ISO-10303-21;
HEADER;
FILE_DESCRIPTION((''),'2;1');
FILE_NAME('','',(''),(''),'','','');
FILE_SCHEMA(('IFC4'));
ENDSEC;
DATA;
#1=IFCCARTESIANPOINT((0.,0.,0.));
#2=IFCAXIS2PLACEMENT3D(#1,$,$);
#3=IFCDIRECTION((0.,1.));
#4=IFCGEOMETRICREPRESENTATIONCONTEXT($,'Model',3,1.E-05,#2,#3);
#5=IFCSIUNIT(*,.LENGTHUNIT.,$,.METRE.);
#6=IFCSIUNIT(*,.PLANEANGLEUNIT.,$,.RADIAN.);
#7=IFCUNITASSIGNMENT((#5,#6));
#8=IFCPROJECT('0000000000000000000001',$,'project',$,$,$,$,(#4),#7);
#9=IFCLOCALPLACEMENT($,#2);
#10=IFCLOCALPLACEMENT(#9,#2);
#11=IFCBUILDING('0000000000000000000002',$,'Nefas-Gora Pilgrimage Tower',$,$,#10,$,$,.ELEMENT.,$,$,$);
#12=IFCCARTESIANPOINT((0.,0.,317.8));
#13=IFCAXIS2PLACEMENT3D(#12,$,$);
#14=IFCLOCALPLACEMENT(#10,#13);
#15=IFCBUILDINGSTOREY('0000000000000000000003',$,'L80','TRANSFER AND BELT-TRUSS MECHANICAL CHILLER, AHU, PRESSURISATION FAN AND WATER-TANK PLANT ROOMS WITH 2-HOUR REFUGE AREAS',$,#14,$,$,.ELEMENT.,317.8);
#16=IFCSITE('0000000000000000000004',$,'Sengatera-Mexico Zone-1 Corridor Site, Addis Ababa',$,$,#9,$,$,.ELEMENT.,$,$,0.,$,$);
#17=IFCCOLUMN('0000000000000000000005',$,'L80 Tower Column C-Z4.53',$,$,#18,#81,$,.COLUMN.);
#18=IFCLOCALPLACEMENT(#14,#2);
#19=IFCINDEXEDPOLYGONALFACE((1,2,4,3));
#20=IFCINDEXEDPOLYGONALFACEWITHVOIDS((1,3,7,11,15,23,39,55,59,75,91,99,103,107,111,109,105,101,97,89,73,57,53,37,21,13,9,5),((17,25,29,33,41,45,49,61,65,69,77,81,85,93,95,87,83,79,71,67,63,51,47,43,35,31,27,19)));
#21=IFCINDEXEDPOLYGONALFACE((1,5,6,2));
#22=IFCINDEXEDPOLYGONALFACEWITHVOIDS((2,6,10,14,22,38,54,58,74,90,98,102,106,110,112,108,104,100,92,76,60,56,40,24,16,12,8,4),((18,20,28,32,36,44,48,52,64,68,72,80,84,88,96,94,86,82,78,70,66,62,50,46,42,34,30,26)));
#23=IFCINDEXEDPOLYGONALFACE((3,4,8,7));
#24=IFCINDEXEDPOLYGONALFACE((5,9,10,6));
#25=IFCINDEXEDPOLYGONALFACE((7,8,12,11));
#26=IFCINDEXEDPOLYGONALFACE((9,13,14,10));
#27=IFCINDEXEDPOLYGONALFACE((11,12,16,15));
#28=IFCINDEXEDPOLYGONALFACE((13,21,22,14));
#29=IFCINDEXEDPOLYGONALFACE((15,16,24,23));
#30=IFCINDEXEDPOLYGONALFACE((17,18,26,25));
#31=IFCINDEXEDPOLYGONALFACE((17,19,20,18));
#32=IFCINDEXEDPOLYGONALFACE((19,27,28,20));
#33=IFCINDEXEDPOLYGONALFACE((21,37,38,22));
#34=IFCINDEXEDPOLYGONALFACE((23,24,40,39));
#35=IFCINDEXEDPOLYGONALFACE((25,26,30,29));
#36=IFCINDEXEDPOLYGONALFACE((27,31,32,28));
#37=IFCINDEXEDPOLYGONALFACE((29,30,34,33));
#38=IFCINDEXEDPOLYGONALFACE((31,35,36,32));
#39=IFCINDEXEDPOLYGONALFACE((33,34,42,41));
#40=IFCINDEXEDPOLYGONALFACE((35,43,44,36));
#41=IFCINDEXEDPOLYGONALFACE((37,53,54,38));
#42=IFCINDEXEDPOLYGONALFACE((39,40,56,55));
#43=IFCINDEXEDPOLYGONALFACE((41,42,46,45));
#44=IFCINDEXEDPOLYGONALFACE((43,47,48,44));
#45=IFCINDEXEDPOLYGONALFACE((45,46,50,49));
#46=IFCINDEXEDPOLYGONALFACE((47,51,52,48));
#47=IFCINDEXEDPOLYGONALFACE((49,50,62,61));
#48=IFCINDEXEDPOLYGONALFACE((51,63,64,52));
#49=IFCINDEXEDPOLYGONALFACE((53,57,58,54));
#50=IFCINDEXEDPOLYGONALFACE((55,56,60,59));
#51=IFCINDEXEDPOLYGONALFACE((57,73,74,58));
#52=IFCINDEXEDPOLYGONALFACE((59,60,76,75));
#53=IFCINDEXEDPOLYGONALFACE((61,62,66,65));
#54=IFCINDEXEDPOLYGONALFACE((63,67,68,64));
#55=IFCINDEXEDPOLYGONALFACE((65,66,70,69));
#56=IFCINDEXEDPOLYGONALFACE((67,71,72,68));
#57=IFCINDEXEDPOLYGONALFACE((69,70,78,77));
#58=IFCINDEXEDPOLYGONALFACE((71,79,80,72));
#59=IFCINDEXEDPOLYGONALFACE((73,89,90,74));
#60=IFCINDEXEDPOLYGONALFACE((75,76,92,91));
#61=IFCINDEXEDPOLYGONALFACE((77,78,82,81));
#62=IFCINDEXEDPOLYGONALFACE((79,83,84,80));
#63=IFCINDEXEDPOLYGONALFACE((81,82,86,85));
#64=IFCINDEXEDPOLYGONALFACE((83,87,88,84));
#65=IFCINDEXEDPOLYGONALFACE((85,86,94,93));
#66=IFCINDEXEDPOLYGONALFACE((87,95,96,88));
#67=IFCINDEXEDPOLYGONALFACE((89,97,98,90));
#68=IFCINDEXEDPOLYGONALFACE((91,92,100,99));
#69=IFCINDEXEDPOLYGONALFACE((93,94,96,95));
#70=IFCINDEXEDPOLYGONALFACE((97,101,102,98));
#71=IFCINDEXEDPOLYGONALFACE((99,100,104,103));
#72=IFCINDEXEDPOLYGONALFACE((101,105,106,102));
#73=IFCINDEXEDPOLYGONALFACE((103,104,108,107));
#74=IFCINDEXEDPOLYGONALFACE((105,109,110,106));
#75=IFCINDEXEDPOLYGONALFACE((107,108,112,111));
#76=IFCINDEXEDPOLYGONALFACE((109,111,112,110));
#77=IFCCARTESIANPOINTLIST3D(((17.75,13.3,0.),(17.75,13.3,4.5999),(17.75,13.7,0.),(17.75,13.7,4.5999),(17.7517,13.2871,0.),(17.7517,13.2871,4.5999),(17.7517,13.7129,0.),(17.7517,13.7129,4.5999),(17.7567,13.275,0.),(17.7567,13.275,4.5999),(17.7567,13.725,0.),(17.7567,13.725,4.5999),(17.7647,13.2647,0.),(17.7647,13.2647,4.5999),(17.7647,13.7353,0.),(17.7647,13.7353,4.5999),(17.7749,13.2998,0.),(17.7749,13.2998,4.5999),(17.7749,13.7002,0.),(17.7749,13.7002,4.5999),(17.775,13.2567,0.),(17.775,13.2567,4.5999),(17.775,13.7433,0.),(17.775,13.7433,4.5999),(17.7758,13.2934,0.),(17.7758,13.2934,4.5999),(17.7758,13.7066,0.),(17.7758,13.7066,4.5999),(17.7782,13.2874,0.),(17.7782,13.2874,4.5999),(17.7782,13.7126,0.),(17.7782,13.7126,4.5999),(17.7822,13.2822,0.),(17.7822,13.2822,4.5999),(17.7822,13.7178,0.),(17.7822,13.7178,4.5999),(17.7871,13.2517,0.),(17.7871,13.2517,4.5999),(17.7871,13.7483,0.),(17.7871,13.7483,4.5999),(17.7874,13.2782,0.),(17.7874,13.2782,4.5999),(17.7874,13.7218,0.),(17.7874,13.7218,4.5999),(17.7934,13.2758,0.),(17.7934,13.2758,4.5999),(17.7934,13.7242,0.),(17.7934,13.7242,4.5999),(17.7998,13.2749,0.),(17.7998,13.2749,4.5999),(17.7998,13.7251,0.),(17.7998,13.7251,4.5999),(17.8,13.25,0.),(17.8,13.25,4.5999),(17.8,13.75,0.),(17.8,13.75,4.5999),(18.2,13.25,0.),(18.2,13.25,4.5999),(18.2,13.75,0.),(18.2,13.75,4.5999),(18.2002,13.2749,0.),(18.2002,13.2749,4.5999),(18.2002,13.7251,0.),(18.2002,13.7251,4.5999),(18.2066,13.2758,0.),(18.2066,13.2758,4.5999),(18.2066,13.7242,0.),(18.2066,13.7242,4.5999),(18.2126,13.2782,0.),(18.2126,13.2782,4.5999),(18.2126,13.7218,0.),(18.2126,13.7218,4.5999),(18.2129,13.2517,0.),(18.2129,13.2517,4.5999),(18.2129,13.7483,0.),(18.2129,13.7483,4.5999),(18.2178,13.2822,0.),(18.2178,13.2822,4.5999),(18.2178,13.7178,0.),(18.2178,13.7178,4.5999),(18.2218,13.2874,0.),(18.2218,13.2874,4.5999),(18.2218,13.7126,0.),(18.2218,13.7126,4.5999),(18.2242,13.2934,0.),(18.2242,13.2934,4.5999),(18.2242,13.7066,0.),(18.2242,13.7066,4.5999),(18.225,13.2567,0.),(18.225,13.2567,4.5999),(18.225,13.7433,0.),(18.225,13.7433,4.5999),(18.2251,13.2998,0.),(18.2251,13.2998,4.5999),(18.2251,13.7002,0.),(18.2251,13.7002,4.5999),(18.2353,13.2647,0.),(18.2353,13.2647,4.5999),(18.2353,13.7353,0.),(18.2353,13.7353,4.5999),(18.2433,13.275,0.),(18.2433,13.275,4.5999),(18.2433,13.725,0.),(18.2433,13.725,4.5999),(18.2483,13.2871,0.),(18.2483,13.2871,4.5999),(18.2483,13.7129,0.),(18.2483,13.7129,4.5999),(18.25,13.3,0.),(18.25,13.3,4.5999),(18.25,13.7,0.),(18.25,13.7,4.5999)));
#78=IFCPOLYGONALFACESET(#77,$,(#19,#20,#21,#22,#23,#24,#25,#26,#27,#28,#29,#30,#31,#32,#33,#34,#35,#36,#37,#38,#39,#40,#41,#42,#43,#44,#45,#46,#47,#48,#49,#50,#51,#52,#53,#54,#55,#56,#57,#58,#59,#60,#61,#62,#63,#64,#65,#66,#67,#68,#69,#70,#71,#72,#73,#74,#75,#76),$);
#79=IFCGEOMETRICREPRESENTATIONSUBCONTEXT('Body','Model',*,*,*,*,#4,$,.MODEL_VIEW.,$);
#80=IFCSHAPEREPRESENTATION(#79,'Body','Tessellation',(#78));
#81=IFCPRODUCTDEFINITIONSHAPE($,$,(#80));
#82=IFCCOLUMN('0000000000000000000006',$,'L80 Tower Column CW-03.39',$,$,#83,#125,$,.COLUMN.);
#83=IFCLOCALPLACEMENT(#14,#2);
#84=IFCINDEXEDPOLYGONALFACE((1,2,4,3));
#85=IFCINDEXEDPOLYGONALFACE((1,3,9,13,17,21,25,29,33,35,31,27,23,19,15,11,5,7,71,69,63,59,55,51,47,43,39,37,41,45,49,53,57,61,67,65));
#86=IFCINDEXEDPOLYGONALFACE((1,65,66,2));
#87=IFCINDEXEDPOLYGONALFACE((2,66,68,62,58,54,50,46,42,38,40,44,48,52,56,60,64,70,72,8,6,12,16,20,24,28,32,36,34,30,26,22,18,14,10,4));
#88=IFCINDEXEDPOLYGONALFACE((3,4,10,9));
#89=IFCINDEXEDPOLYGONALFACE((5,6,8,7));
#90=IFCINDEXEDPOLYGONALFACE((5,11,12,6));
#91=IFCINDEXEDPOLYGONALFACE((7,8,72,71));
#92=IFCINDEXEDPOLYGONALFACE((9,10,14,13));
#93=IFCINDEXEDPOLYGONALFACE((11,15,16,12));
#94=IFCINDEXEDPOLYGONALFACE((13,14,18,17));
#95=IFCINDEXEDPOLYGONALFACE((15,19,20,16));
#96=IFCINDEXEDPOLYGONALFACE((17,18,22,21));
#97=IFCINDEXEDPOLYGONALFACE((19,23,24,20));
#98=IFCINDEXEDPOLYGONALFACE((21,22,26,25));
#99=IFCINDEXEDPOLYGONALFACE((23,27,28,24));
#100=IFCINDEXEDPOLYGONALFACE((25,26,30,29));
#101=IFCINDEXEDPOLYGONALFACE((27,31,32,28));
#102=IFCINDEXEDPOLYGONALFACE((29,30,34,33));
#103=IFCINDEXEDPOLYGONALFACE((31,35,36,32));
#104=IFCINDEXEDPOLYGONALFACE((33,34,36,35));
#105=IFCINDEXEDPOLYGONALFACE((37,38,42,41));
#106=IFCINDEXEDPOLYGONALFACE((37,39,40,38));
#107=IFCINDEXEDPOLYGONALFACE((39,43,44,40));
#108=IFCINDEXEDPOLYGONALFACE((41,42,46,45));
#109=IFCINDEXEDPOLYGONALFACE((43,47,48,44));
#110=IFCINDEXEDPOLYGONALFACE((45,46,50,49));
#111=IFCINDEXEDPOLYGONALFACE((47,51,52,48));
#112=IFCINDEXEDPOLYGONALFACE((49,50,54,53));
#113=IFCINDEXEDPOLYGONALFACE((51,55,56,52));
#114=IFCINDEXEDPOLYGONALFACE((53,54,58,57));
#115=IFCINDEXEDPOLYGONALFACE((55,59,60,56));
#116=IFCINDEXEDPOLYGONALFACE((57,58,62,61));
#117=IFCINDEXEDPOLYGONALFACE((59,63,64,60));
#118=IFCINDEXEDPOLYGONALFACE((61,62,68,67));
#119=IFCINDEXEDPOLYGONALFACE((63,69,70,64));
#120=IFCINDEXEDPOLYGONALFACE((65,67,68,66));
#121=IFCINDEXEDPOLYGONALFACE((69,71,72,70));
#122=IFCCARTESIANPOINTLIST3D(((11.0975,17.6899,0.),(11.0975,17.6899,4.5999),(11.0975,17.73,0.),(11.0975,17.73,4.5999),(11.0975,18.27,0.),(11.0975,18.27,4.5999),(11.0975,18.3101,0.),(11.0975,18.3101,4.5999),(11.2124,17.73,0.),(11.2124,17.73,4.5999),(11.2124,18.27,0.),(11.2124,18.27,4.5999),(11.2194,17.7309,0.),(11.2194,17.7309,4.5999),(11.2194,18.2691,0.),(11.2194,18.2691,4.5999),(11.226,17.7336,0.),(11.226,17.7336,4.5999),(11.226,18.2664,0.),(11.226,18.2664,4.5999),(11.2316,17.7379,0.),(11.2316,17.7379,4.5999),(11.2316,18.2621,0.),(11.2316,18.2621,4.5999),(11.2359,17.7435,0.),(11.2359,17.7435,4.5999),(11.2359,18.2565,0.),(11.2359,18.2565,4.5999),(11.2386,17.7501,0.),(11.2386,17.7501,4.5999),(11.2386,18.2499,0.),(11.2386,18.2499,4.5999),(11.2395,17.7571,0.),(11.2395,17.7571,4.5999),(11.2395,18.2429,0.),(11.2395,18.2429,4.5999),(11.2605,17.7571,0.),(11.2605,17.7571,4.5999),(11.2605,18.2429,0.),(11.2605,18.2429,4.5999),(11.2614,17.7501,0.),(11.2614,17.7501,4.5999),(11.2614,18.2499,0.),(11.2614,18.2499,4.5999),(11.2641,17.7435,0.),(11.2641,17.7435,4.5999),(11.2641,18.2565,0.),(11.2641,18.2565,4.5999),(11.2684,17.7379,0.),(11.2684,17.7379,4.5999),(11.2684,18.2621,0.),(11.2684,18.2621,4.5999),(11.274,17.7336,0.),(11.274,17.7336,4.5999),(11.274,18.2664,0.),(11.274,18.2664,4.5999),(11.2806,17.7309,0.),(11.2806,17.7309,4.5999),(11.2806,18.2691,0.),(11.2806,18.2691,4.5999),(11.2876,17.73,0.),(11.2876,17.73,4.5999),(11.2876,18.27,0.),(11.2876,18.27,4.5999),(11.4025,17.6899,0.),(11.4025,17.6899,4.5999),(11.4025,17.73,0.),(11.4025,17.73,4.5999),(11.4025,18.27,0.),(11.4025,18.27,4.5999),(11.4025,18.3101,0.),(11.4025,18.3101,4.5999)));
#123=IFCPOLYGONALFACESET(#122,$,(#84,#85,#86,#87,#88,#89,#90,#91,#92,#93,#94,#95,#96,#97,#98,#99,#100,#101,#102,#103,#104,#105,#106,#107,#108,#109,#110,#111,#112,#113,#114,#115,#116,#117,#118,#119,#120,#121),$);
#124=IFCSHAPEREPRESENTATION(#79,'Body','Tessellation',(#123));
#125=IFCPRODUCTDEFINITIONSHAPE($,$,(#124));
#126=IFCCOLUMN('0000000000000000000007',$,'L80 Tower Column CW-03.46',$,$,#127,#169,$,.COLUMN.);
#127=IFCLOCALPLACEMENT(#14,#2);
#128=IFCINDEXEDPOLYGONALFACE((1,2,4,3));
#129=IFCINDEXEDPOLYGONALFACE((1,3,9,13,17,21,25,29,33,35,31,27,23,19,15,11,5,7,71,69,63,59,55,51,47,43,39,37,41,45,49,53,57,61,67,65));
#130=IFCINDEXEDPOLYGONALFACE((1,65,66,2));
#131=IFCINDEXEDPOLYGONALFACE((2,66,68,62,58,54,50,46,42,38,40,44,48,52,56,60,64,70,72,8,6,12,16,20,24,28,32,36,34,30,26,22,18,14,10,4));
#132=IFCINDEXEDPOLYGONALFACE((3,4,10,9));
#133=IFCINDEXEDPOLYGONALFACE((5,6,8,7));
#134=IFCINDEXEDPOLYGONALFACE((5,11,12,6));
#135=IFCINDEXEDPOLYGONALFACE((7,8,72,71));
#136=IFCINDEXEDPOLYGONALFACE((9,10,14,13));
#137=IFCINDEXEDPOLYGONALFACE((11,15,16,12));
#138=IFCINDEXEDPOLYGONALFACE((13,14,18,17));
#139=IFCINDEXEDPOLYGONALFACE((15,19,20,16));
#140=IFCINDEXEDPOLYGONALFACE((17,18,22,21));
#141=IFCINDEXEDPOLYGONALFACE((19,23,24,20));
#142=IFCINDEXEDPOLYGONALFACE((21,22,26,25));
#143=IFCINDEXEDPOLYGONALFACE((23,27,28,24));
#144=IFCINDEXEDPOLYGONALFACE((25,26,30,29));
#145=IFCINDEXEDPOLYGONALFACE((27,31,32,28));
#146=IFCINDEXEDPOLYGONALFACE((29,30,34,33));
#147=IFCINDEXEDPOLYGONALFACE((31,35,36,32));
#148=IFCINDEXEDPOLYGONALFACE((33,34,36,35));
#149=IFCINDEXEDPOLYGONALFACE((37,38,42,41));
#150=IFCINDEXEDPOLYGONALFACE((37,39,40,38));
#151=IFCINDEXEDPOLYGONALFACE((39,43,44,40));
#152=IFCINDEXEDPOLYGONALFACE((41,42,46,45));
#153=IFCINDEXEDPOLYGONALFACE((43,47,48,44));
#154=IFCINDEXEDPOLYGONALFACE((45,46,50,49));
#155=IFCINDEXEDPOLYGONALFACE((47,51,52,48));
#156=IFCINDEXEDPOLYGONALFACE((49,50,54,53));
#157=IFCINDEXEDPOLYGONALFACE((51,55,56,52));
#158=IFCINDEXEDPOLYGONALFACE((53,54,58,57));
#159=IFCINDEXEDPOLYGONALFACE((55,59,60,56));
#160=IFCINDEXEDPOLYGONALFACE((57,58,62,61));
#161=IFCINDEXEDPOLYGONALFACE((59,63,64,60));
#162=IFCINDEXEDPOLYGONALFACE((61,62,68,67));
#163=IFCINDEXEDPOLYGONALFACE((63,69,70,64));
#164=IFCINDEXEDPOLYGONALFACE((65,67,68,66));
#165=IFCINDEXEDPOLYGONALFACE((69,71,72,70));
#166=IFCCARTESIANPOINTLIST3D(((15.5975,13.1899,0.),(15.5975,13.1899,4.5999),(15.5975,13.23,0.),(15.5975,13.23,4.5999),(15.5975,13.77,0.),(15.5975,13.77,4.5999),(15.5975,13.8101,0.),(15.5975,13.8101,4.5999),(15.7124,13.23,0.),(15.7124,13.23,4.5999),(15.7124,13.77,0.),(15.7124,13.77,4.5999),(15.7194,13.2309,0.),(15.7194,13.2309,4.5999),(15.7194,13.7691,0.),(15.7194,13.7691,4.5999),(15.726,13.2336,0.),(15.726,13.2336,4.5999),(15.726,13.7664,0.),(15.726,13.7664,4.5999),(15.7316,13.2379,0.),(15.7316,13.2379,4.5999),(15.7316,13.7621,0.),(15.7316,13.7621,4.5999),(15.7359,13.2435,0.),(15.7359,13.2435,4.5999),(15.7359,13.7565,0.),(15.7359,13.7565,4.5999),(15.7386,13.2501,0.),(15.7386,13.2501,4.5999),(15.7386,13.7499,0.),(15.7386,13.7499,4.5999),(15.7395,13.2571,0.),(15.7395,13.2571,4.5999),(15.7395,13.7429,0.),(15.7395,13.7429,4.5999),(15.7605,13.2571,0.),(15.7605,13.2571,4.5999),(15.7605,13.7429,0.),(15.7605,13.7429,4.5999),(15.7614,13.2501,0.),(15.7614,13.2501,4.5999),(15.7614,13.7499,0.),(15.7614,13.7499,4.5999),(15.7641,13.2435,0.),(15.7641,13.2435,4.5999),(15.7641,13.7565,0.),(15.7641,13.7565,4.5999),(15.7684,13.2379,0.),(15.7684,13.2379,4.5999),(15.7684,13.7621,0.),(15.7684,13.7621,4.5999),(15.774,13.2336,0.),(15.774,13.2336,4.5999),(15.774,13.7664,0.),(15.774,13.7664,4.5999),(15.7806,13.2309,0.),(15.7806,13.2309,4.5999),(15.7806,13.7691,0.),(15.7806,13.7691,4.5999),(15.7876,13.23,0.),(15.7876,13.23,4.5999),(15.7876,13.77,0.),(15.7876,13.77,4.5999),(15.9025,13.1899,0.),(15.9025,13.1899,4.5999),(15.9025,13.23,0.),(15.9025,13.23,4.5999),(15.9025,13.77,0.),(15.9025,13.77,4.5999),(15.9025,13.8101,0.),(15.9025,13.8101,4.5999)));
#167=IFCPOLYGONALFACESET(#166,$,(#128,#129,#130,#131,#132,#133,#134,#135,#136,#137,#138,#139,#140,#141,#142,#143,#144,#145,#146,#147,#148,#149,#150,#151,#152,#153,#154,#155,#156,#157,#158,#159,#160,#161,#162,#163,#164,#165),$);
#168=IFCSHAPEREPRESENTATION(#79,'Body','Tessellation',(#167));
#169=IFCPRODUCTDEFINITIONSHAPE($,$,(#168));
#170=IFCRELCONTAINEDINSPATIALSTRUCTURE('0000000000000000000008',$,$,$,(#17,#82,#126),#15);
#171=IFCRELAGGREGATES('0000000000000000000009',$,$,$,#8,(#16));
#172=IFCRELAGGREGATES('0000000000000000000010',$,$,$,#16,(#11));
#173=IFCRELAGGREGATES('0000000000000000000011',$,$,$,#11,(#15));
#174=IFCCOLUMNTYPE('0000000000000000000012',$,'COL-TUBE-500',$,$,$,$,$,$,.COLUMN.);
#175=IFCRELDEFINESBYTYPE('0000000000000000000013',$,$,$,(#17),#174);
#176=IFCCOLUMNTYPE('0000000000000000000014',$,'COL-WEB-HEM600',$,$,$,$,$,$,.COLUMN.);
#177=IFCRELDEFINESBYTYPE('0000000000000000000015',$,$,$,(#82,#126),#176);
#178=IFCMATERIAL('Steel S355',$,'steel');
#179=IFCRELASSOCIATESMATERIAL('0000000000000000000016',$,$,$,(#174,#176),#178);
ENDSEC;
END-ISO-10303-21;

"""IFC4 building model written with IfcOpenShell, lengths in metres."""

from ifc_helpers import new_model, si_unit, direction, frame, origin, origin_2d, place, context, subcontext, project, spatial, hollow_rectangle, i_section, extrude, source, transform, mapped, material, material_profile, profile_set, type_object, element, save


model = new_model("IFC4")

# Units and contexts
model_context = context("Model", 3, precision=1e-05, world=origin(), true_north=direction((0.0, 1.0)))
body_context = subcontext(model_context, "Body", "Model", "MODEL_VIEW")
ifc_project = project(units=[si_unit("LENGTHUNIT", "METRE"), si_unit("PLANEANGLEUNIT", "RADIAN")], contexts=[model_context])

# Site, building, storey
site_placement = place(None, origin())
site = spatial("IfcSite", under=ifc_project, at=site_placement, Name="Sengatera-Mexico Zone-1 Corridor Site, Addis Ababa", CompositionType="ELEMENT", RefElevation=0.0)
building_placement = place(site_placement, origin())
building = spatial("IfcBuilding", under=site, at=building_placement, Name="Nefas-Gora Pilgrimage Tower", CompositionType="ELEMENT")
storey_placement = place(building_placement, frame((0.0, 0.0, 317.8)))
storey = spatial("IfcBuildingStorey", under=building, at=storey_placement, Name="L80", Description="TRANSFER AND BELT-TRUSS MECHANICAL CHILLER, AHU, PRESSURISATION FAN AND WATER-TANK PLANT ROOMS WITH 2-HOUR REFUGE AREAS", CompositionType="ELEMENT", Elevation=317.8)

# Columns
ifc_material_1 = material(Name="Steel S355", Category="steel")
ifc_material_profile_1 = material_profile(ifc_material_1, hollow_rectangle(XDim=0.5, YDim=0.5, WallThickness=0.0249, InnerFilletRadius=0.0249, OuterFilletRadius=0.05, at=origin_2d()), Name="SHS 500x500x25")
ifc_profile_set_1 = profile_set([ifc_material_profile_1], Name="Steel S355")
column_type_1 = type_object("IfcColumnType", Name="COL-TUBE-500", PredefinedType="COLUMN", material=ifc_profile_set_1)
shared_shape_1 = source(origin(), body_context, "Body", "SweptSolid", [
    extrude(hollow_rectangle(XDim=0.5, YDim=0.5, WallThickness=0.0249, InnerFilletRadius=0.0249, OuterFilletRadius=0.05, at=origin_2d()), origin(), (0.0, 0.0, 1.0), 4.5999),
])
column_placement = place(storey_placement, frame((18.0, 13.5, 0.0), z_axis=(0.0, 0.0, 1.0), x_axis=(1.0, 0.0, 0.0)))
element("IfcColumn", 1, at=column_placement, inside=storey, type_object=column_type_1, Name="L80 Tower Column C-Z4.53", PredefinedType="COLUMN", context=body_context, shape_type="MappedRepresentation", body=[
    mapped(shared_shape_1, transform((0.0, 0.0, 0.0), x_axis=(1.0, 0.0, 0.0), y_axis=(0.0, 1.0, 0.0), z_axis=(0.0, 0.0, 1.0), scale=1.0)),
])
ifc_material_profile_2 = material_profile(ifc_material_1, i_section(OverallWidth=0.3049, OverallDepth=0.6201, WebThickness=0.021, FlangeThickness=0.04, FilletRadius=0.0271, at=origin_2d()), Name="HEM 600")
ifc_profile_set_2 = profile_set([ifc_material_profile_2], Name="Steel S355")
column_type_2 = type_object("IfcColumnType", Name="COL-WEB-HEM600", PredefinedType="COLUMN", material=ifc_profile_set_2)
shared_shape_2 = source(origin(), body_context, "Body", "SweptSolid", [
    extrude(i_section(OverallWidth=0.3049, OverallDepth=0.6201, WebThickness=0.021, FlangeThickness=0.04, FilletRadius=0.0271, at=origin_2d()), origin(), (0.0, 0.0, 1.0), 4.5999),
])
for number, where, z_axis, x_axis, name in (
    (2, (11.25, 18.0, 0.0), (0.0, 0.0, 1.0), (1.0, 0.0, 0.0), "L80 Tower Column CW-03.39"),
    (3, (15.75, 13.5, 0.0), (0.0, 0.0, 1.0), (1.0, 0.0, 0.0), "L80 Tower Column CW-03.46"),
):
    element("IfcColumn", number, at=place(storey_placement, frame(where, z_axis=z_axis, x_axis=x_axis)), inside=storey, type_object=column_type_2, Name=name, PredefinedType="COLUMN", context=body_context, shape_type="MappedRepresentation", body=[
        mapped(shared_shape_2, transform((0.0, 0.0, 0.0), x_axis=(1.0, 0.0, 0.0), y_axis=(0.0, 1.0, 0.0), z_axis=(0.0, 0.0, 1.0), scale=1.0)),
    ])

save(model, "model.ifc")
